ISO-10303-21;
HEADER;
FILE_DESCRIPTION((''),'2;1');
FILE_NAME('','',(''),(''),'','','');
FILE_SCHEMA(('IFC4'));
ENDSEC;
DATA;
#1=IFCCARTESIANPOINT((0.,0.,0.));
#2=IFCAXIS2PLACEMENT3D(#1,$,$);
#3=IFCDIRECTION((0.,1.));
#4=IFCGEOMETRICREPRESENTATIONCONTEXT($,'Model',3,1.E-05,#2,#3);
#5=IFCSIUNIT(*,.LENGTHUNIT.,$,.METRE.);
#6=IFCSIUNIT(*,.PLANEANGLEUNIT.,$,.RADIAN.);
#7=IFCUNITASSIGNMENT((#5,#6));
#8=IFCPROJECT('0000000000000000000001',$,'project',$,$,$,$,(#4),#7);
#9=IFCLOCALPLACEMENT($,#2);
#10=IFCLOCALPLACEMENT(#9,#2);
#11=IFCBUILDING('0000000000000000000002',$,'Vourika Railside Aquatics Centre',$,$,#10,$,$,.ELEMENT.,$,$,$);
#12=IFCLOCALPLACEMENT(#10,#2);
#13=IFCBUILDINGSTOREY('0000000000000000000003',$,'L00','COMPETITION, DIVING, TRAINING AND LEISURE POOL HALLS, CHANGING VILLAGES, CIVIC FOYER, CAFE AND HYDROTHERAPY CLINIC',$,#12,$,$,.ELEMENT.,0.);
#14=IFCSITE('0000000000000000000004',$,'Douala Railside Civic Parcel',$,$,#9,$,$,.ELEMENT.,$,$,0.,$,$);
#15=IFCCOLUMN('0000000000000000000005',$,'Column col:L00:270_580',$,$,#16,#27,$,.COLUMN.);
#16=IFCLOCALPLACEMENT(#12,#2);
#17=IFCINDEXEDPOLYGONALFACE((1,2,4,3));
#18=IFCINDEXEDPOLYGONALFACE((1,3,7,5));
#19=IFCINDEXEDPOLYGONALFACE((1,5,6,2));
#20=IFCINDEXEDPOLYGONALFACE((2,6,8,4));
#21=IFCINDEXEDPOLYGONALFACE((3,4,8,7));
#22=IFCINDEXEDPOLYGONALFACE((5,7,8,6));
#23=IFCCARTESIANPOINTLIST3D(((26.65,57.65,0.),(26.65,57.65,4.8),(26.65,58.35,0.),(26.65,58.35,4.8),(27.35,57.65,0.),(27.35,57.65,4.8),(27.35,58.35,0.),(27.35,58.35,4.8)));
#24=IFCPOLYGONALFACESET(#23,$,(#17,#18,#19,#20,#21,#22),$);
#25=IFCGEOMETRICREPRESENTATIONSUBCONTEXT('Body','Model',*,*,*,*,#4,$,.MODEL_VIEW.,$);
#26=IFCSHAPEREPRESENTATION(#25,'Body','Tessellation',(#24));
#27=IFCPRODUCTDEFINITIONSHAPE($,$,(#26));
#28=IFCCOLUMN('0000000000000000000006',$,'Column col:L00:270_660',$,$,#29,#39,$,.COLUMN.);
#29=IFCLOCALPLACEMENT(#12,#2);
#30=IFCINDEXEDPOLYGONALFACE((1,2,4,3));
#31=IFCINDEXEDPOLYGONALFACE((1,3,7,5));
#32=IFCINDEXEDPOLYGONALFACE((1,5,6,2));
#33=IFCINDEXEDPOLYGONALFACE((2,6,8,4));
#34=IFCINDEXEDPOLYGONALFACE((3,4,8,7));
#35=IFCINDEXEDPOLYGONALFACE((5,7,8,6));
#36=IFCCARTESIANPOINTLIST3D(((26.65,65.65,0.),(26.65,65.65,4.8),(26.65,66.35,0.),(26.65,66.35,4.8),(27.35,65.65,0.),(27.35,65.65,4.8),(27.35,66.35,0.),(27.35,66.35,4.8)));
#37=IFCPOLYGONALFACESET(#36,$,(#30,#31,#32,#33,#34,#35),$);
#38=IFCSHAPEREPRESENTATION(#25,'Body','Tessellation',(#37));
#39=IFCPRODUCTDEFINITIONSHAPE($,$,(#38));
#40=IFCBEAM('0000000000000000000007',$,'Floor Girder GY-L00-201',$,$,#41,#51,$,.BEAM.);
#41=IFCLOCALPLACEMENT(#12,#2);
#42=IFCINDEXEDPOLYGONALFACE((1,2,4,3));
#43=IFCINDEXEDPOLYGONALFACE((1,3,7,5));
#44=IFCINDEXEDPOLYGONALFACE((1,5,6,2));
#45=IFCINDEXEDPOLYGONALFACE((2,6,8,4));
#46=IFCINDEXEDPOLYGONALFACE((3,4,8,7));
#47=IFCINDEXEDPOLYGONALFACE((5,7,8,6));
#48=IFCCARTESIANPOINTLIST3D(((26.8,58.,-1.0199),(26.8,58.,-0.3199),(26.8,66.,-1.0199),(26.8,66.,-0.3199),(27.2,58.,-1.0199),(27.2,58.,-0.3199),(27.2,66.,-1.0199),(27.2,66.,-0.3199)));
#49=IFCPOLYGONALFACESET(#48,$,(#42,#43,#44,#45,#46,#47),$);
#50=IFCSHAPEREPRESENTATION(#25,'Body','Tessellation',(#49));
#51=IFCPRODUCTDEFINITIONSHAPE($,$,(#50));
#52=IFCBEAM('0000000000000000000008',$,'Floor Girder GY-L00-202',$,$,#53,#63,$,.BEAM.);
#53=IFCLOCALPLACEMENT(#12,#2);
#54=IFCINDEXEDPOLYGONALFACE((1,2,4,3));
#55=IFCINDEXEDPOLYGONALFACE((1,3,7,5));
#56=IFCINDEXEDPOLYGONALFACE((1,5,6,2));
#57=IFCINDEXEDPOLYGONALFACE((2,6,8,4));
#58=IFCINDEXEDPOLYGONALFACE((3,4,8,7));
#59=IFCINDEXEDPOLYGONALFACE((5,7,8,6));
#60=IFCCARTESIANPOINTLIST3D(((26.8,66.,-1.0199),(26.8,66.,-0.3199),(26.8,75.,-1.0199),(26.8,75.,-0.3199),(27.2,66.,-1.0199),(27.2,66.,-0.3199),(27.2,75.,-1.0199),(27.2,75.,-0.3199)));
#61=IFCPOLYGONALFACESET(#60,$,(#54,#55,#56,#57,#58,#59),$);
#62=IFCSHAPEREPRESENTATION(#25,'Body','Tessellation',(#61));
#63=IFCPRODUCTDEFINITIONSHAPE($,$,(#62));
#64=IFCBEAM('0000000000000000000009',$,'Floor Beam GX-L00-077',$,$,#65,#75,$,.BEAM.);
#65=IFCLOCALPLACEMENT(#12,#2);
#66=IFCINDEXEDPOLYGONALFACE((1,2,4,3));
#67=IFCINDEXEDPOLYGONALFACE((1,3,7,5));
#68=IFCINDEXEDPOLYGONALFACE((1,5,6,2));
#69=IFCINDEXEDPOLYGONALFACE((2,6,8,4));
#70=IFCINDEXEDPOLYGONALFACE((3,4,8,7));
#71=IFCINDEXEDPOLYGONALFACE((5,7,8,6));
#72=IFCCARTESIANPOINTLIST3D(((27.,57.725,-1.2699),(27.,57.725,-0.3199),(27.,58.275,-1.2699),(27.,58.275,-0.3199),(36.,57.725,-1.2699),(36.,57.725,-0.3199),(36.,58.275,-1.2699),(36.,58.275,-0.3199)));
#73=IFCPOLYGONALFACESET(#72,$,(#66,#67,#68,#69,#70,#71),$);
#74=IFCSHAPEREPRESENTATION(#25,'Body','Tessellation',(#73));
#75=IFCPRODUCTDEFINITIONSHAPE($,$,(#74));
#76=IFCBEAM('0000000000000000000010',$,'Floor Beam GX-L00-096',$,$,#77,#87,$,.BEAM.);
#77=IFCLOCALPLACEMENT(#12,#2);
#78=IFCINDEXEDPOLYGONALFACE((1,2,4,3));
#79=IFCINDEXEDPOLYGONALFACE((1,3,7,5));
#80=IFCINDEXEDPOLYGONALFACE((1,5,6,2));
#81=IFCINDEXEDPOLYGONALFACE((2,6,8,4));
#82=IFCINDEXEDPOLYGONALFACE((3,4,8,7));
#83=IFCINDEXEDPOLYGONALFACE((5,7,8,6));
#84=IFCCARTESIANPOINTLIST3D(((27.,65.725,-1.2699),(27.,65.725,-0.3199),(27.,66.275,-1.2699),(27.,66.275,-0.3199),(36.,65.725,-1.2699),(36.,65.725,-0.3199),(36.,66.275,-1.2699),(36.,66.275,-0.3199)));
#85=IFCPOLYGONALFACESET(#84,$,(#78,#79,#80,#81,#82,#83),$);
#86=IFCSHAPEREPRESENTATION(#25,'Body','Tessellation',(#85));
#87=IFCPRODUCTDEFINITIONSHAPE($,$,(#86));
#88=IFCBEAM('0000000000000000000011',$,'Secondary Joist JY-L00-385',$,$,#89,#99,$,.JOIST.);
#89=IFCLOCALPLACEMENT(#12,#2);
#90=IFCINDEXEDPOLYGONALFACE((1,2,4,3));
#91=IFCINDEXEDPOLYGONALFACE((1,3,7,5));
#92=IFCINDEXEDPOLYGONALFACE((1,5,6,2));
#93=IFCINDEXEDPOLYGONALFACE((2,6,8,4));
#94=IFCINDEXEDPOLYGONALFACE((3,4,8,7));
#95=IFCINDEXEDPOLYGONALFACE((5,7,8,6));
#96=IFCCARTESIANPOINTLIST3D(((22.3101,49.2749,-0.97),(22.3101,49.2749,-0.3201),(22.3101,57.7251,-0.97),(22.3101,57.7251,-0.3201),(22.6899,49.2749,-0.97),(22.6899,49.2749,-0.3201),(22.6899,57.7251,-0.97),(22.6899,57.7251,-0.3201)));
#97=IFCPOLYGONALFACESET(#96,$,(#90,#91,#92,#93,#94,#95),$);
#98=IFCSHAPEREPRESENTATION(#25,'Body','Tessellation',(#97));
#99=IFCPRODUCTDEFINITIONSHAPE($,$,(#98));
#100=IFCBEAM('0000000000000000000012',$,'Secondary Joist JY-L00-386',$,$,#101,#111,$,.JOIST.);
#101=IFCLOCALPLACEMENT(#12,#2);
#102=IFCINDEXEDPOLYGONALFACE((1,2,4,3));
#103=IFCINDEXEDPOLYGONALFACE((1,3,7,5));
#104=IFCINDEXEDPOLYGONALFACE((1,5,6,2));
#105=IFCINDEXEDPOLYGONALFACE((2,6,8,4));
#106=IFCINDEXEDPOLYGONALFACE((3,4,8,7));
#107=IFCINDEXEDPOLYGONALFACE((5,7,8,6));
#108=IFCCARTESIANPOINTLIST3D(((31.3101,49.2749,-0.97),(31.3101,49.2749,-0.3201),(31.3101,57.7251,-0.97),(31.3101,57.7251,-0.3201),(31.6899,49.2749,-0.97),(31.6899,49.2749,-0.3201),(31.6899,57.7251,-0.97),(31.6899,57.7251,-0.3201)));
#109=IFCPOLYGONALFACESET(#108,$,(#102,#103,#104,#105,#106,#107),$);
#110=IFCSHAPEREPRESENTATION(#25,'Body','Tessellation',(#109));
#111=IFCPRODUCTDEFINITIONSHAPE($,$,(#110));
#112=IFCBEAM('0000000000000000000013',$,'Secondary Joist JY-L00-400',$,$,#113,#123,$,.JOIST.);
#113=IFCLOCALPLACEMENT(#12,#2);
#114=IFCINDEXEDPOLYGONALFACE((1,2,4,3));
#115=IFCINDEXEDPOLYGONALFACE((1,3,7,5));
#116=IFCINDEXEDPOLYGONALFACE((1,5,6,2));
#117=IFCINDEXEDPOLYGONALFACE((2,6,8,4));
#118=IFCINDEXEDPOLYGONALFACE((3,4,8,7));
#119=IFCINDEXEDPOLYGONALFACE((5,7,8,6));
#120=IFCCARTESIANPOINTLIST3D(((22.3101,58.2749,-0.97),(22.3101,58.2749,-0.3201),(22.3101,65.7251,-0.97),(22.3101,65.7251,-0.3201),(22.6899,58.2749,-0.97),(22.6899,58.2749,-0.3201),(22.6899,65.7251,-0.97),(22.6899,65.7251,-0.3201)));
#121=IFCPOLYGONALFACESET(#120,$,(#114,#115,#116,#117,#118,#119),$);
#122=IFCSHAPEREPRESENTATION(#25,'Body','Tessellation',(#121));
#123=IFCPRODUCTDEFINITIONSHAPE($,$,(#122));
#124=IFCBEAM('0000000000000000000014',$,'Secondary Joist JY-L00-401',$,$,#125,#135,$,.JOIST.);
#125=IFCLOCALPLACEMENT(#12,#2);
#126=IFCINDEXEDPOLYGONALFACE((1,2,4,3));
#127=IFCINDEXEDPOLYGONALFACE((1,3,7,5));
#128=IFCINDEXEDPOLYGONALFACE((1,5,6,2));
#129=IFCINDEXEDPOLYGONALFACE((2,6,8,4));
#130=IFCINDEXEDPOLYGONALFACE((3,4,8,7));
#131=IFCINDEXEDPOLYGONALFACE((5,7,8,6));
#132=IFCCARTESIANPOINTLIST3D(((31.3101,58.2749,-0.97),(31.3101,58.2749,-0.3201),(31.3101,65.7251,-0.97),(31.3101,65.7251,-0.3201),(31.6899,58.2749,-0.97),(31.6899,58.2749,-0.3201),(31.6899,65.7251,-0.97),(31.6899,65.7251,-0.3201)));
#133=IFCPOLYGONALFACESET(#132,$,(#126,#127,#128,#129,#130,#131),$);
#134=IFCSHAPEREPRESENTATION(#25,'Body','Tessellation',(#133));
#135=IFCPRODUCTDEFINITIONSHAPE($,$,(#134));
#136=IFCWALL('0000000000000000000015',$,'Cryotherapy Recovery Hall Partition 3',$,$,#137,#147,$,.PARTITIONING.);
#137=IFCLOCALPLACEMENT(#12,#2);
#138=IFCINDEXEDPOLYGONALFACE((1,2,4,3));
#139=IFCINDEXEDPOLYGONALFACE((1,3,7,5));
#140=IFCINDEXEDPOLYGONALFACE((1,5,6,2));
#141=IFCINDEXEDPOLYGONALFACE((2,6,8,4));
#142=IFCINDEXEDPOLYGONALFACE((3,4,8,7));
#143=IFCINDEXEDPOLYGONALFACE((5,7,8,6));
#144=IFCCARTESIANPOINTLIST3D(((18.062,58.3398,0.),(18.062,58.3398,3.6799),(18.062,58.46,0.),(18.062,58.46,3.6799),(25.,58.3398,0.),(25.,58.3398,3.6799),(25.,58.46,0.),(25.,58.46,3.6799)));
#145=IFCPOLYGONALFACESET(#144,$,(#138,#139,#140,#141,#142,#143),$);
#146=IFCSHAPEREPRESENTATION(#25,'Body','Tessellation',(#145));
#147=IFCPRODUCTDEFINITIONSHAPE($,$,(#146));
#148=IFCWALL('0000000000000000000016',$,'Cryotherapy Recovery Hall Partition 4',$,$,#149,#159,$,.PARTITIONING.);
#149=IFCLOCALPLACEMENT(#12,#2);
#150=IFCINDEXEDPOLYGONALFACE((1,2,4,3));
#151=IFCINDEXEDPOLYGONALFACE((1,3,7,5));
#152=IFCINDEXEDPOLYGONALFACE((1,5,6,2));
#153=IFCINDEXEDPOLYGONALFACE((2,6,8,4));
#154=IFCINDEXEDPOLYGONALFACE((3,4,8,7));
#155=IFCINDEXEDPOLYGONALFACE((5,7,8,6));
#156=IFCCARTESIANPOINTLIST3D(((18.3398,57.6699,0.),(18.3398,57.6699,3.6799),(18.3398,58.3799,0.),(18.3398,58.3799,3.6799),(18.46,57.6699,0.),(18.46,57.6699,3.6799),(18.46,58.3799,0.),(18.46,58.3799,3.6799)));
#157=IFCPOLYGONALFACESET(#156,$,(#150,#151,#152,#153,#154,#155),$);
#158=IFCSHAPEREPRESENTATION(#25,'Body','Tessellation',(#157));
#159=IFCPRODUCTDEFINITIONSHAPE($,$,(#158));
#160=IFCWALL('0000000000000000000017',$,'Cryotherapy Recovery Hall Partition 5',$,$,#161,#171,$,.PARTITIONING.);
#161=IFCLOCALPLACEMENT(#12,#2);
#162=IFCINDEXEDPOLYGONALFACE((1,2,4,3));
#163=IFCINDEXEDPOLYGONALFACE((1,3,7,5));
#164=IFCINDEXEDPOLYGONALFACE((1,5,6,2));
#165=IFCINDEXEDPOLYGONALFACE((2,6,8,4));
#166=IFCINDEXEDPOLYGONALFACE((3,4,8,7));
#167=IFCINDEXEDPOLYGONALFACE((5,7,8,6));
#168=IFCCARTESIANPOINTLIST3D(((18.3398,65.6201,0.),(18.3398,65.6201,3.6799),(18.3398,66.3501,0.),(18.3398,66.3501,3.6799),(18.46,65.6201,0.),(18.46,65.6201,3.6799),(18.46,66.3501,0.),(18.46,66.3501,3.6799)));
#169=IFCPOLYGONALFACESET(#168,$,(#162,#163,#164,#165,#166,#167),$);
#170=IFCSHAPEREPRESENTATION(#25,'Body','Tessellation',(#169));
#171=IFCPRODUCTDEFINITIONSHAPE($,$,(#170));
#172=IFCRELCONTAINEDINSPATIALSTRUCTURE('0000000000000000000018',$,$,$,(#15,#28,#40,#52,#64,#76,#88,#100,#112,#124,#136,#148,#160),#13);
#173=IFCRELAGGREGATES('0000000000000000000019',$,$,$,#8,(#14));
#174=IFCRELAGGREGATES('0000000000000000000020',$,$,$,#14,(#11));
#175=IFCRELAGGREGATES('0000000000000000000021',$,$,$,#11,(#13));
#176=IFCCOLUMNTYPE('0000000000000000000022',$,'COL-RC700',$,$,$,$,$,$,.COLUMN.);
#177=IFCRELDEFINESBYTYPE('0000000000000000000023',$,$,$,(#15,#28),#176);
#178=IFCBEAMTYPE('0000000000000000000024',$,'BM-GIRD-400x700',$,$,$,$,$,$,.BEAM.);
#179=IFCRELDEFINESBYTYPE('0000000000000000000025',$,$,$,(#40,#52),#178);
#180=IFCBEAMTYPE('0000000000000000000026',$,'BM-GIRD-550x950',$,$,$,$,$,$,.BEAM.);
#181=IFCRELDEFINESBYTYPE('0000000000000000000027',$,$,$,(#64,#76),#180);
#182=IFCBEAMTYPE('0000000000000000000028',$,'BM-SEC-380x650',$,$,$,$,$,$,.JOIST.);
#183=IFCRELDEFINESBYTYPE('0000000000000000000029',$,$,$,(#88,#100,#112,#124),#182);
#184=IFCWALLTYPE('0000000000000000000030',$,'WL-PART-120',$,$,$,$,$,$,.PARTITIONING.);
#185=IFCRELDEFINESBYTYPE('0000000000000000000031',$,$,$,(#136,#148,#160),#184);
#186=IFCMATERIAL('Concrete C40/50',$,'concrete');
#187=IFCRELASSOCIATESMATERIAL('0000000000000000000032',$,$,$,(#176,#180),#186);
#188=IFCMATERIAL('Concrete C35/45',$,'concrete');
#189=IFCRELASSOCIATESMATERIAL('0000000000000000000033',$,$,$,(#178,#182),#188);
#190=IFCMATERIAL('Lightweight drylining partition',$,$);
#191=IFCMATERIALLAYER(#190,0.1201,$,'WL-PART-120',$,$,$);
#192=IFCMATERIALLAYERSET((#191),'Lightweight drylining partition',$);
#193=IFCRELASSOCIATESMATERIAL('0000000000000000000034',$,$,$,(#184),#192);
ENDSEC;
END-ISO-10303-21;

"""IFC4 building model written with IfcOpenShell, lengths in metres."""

from ifc_helpers import new_model, si_unit, direction, frame, frame_2d, origin, origin_2d, place, context, subcontext, project, spatial, rectangle, extrude, material, layer, layer_set, material_profile, profile_set, type_object, element, save


model = new_model("IFC4")

# Units and contexts
model_context = context("Model", 3, precision=1e-05, world=origin(), true_north=direction((0.0, 1.0)))
body_context = subcontext(model_context, "Body", "Model", "MODEL_VIEW")
ifc_project = project(units=[si_unit("LENGTHUNIT", "METRE"), si_unit("PLANEANGLEUNIT", "RADIAN")], contexts=[model_context])

# Site, building, storey
site_placement = place(None, origin())
site = spatial("IfcSite", under=ifc_project, at=site_placement, Name="Douala Railside Civic Parcel", CompositionType="ELEMENT", RefElevation=0.0)
building_placement = place(site_placement, origin())
building = spatial("IfcBuilding", under=site, at=building_placement, Name="Vourika Railside Aquatics Centre", CompositionType="ELEMENT")
storey_placement = place(building_placement, origin())
storey = spatial("IfcBuildingStorey", under=building, at=storey_placement, Name="L00", Description="COMPETITION, DIVING, TRAINING AND LEISURE POOL HALLS, CHANGING VILLAGES, CIVIC FOYER, CAFE AND HYDROTHERAPY CLINIC", CompositionType="ELEMENT", Elevation=0.0)

# Columns
ifc_material_1 = material(Name="Concrete C40/50", Category="concrete")
ifc_material_profile_1 = material_profile(ifc_material_1, rectangle(XDim=0.7, YDim=0.7, at=origin_2d()), Name="RC 700x700")
ifc_profile_set_1 = profile_set([ifc_material_profile_1], Name="Concrete C40/50")
column_type = type_object("IfcColumnType", Name="COL-RC700", PredefinedType="COLUMN", material=ifc_profile_set_1)
for number, where, z_axis, x_axis, name in (
    (1, (27.0, 58.0, 0.0), (0.0, 0.0, 1.0), (1.0, 0.0, 0.0), "Column col:L00:270_580"),
    (2, (27.0, 66.0, 0.0), (0.0, 0.0, 1.0), (1.0, 0.0, 0.0), "Column col:L00:270_660"),
):
    element("IfcColumn", number, at=place(storey_placement, frame(where, z_axis=z_axis, x_axis=x_axis)), inside=storey, type_object=column_type, Name=name, PredefinedType="COLUMN", context=body_context, shape_type="SweptSolid", body=[
        extrude(rectangle(XDim=0.7, YDim=0.7, at=origin_2d()), origin(), (0.0, 0.0, 1.0), 4.8),
    ])

# Beams
ifc_material_2 = material(Name="Concrete C35/45", Category="concrete")
ifc_material_profile_2 = material_profile(ifc_material_2, rectangle(XDim=0.3999, YDim=0.7, at=origin_2d()), Name="RC 400x700")
ifc_profile_set_2 = profile_set([ifc_material_profile_2], Name="Concrete C35/45")
beam_type_1 = type_object("IfcBeamType", Name="BM-GIRD-400x700", PredefinedType="BEAM", material=ifc_profile_set_2)
beam_1_placement = place(storey_placement, frame((27.0, 58.0, -0.6699), z_axis=(0.0, 1.0, 0.0), x_axis=(-1.0, 0.0, 0.0)))
element("IfcBeam", 3, at=beam_1_placement, inside=storey, type_object=beam_type_1, Name="Floor Girder GY-L00-201", PredefinedType="BEAM", context=body_context, shape_type="SweptSolid", body=[
    extrude(rectangle(XDim=0.3999, YDim=0.7, at=origin_2d()), origin(), (0.0, 0.0, 1.0), 8.0),
])
beam_2_placement = place(storey_placement, frame((27.0, 66.0, -0.6699), z_axis=(0.0, 1.0, 0.0), x_axis=(-1.0, 0.0, 0.0)))
element("IfcBeam", 4, at=beam_2_placement, inside=storey, type_object=beam_type_1, Name="Floor Girder GY-L00-202", PredefinedType="BEAM", context=body_context, shape_type="SweptSolid", body=[
    extrude(rectangle(XDim=0.3999, YDim=0.7, at=origin_2d()), origin(), (0.0, 0.0, 1.0), 9.0),
])
ifc_material_profile_3 = material_profile(ifc_material_1, rectangle(XDim=0.55, YDim=0.95, at=origin_2d()), Name="RC 550x950")
ifc_profile_set_3 = profile_set([ifc_material_profile_3], Name="Concrete C40/50")
beam_type_2 = type_object("IfcBeamType", Name="BM-GIRD-550x950", PredefinedType="BEAM", material=ifc_profile_set_3)
for number, where, z_axis, x_axis, name in (
    (5, (27.0, 58.0, -0.7949), (1.0, 0.0, 0.0), (0.0, 1.0, 0.0), "Floor Beam GX-L00-077"),
    (6, (27.0, 66.0, -0.7949), (1.0, 0.0, 0.0), (0.0, 1.0, 0.0), "Floor Beam GX-L00-096"),
):
    element("IfcBeam", number, at=place(storey_placement, frame(where, z_axis=z_axis, x_axis=x_axis)), inside=storey, type_object=beam_type_2, Name=name, PredefinedType="BEAM", context=body_context, shape_type="SweptSolid", body=[
        extrude(rectangle(XDim=0.55, YDim=0.95, at=origin_2d()), origin(), (0.0, 0.0, 1.0), 9.0),
    ])
ifc_material_profile_4 = material_profile(ifc_material_2, rectangle(XDim=0.3799, YDim=0.6499, at=origin_2d()), Name="RC 380x650")
ifc_profile_set_4 = profile_set([ifc_material_profile_4], Name="Concrete C35/45")
beam_type_3 = type_object("IfcBeamType", Name="BM-SEC-380x650", PredefinedType="JOIST", material=ifc_profile_set_4)
for number, where, z_axis, x_axis, name in (
    (7, (22.5, 49.2749, -0.645), (0.0, 1.0, 0.0), (-1.0, 0.0, 0.0), "Secondary Joist JY-L00-385"),
    (8, (31.5, 49.2749, -0.645), (0.0, 1.0, 0.0), (-1.0, 0.0, 0.0), "Secondary Joist JY-L00-386"),
):
    element("IfcBeam", number, at=place(storey_placement, frame(where, z_axis=z_axis, x_axis=x_axis)), inside=storey, type_object=beam_type_3, Name=name, PredefinedType="JOIST", context=body_context, shape_type="SweptSolid", body=[
        extrude(rectangle(XDim=0.3799, YDim=0.6499, at=origin_2d()), origin(), (0.0, 0.0, 1.0), 8.4502),
    ])
for number, where, z_axis, x_axis, name in (
    (9, (22.5, 58.2749, -0.645), (0.0, 1.0, 0.0), (-1.0, 0.0, 0.0), "Secondary Joist JY-L00-400"),
    (10, (31.5, 58.2749, -0.645), (0.0, 1.0, 0.0), (-1.0, 0.0, 0.0), "Secondary Joist JY-L00-401"),
):
    element("IfcBeam", number, at=place(storey_placement, frame(where, z_axis=z_axis, x_axis=x_axis)), inside=storey, type_object=beam_type_3, Name=name, PredefinedType="JOIST", context=body_context, shape_type="SweptSolid", body=[
        extrude(rectangle(XDim=0.3799, YDim=0.6499, at=origin_2d()), origin(), (0.0, 0.0, 1.0), 7.4502),
    ])

# Walls
ifc_material_3 = material(Name="Lightweight drylining partition")
ifc_layer_1 = layer(ifc_material_3, 0.1201, Name="WL-PART-120")
ifc_layer_set_1 = layer_set([ifc_layer_1], Name="Lightweight drylining partition")
wall_type_1 = type_object("IfcWallType", Name="WL-PART-120", PredefinedType="PARTITIONING", material=ifc_layer_set_1)
wall_1_placement = place(storey_placement, frame((25.0, 58.3999, 0.0), z_axis=(0.0, 0.0, 1.0), x_axis=(-1.0, 0.0, 0.0)))
element("IfcWall", 11, at=wall_1_placement, inside=storey, type_object=wall_type_1, Name="Cryotherapy Recovery Hall Partition 3", PredefinedType="PARTITIONING", context=body_context, shape_type="SweptSolid", body=[
    extrude(rectangle(XDim=6.938, YDim=0.1201, at=frame_2d((3.469, 0.0))), origin(), (0.0, 0.0, 1.0), 3.6799),
])
wall_2_placement = place(storey_placement, frame((18.3999, 57.6699, 0.0), z_axis=(0.0, 0.0, 1.0), x_axis=(0.0, 1.0, 0.0)))
element("IfcWall", 12, at=wall_2_placement, inside=storey, type_object=wall_type_1, Name="Cryotherapy Recovery Hall Partition 4", PredefinedType="PARTITIONING", context=body_context, shape_type="SweptSolid", body=[
    extrude(rectangle(XDim=0.71, YDim=0.1201, at=frame_2d((0.355, 0.0))), origin(), (0.0, 0.0, 1.0), 3.6799),
])
wall_3_placement = place(storey_placement, frame((18.3999, 65.6201, 0.0), z_axis=(0.0, 0.0, 1.0), x_axis=(0.0, 1.0, 0.0)))
element("IfcWall", 13, at=wall_3_placement, inside=storey, type_object=wall_type_1, Name="Cryotherapy Recovery Hall Partition 5", PredefinedType="PARTITIONING", context=body_context, shape_type="SweptSolid", body=[
    extrude(rectangle(XDim=0.73, YDim=0.1201, at=frame_2d((0.365, 0.0))), origin(), (0.0, 0.0, 1.0), 3.6799),
])

save(model, "model.ifc")
